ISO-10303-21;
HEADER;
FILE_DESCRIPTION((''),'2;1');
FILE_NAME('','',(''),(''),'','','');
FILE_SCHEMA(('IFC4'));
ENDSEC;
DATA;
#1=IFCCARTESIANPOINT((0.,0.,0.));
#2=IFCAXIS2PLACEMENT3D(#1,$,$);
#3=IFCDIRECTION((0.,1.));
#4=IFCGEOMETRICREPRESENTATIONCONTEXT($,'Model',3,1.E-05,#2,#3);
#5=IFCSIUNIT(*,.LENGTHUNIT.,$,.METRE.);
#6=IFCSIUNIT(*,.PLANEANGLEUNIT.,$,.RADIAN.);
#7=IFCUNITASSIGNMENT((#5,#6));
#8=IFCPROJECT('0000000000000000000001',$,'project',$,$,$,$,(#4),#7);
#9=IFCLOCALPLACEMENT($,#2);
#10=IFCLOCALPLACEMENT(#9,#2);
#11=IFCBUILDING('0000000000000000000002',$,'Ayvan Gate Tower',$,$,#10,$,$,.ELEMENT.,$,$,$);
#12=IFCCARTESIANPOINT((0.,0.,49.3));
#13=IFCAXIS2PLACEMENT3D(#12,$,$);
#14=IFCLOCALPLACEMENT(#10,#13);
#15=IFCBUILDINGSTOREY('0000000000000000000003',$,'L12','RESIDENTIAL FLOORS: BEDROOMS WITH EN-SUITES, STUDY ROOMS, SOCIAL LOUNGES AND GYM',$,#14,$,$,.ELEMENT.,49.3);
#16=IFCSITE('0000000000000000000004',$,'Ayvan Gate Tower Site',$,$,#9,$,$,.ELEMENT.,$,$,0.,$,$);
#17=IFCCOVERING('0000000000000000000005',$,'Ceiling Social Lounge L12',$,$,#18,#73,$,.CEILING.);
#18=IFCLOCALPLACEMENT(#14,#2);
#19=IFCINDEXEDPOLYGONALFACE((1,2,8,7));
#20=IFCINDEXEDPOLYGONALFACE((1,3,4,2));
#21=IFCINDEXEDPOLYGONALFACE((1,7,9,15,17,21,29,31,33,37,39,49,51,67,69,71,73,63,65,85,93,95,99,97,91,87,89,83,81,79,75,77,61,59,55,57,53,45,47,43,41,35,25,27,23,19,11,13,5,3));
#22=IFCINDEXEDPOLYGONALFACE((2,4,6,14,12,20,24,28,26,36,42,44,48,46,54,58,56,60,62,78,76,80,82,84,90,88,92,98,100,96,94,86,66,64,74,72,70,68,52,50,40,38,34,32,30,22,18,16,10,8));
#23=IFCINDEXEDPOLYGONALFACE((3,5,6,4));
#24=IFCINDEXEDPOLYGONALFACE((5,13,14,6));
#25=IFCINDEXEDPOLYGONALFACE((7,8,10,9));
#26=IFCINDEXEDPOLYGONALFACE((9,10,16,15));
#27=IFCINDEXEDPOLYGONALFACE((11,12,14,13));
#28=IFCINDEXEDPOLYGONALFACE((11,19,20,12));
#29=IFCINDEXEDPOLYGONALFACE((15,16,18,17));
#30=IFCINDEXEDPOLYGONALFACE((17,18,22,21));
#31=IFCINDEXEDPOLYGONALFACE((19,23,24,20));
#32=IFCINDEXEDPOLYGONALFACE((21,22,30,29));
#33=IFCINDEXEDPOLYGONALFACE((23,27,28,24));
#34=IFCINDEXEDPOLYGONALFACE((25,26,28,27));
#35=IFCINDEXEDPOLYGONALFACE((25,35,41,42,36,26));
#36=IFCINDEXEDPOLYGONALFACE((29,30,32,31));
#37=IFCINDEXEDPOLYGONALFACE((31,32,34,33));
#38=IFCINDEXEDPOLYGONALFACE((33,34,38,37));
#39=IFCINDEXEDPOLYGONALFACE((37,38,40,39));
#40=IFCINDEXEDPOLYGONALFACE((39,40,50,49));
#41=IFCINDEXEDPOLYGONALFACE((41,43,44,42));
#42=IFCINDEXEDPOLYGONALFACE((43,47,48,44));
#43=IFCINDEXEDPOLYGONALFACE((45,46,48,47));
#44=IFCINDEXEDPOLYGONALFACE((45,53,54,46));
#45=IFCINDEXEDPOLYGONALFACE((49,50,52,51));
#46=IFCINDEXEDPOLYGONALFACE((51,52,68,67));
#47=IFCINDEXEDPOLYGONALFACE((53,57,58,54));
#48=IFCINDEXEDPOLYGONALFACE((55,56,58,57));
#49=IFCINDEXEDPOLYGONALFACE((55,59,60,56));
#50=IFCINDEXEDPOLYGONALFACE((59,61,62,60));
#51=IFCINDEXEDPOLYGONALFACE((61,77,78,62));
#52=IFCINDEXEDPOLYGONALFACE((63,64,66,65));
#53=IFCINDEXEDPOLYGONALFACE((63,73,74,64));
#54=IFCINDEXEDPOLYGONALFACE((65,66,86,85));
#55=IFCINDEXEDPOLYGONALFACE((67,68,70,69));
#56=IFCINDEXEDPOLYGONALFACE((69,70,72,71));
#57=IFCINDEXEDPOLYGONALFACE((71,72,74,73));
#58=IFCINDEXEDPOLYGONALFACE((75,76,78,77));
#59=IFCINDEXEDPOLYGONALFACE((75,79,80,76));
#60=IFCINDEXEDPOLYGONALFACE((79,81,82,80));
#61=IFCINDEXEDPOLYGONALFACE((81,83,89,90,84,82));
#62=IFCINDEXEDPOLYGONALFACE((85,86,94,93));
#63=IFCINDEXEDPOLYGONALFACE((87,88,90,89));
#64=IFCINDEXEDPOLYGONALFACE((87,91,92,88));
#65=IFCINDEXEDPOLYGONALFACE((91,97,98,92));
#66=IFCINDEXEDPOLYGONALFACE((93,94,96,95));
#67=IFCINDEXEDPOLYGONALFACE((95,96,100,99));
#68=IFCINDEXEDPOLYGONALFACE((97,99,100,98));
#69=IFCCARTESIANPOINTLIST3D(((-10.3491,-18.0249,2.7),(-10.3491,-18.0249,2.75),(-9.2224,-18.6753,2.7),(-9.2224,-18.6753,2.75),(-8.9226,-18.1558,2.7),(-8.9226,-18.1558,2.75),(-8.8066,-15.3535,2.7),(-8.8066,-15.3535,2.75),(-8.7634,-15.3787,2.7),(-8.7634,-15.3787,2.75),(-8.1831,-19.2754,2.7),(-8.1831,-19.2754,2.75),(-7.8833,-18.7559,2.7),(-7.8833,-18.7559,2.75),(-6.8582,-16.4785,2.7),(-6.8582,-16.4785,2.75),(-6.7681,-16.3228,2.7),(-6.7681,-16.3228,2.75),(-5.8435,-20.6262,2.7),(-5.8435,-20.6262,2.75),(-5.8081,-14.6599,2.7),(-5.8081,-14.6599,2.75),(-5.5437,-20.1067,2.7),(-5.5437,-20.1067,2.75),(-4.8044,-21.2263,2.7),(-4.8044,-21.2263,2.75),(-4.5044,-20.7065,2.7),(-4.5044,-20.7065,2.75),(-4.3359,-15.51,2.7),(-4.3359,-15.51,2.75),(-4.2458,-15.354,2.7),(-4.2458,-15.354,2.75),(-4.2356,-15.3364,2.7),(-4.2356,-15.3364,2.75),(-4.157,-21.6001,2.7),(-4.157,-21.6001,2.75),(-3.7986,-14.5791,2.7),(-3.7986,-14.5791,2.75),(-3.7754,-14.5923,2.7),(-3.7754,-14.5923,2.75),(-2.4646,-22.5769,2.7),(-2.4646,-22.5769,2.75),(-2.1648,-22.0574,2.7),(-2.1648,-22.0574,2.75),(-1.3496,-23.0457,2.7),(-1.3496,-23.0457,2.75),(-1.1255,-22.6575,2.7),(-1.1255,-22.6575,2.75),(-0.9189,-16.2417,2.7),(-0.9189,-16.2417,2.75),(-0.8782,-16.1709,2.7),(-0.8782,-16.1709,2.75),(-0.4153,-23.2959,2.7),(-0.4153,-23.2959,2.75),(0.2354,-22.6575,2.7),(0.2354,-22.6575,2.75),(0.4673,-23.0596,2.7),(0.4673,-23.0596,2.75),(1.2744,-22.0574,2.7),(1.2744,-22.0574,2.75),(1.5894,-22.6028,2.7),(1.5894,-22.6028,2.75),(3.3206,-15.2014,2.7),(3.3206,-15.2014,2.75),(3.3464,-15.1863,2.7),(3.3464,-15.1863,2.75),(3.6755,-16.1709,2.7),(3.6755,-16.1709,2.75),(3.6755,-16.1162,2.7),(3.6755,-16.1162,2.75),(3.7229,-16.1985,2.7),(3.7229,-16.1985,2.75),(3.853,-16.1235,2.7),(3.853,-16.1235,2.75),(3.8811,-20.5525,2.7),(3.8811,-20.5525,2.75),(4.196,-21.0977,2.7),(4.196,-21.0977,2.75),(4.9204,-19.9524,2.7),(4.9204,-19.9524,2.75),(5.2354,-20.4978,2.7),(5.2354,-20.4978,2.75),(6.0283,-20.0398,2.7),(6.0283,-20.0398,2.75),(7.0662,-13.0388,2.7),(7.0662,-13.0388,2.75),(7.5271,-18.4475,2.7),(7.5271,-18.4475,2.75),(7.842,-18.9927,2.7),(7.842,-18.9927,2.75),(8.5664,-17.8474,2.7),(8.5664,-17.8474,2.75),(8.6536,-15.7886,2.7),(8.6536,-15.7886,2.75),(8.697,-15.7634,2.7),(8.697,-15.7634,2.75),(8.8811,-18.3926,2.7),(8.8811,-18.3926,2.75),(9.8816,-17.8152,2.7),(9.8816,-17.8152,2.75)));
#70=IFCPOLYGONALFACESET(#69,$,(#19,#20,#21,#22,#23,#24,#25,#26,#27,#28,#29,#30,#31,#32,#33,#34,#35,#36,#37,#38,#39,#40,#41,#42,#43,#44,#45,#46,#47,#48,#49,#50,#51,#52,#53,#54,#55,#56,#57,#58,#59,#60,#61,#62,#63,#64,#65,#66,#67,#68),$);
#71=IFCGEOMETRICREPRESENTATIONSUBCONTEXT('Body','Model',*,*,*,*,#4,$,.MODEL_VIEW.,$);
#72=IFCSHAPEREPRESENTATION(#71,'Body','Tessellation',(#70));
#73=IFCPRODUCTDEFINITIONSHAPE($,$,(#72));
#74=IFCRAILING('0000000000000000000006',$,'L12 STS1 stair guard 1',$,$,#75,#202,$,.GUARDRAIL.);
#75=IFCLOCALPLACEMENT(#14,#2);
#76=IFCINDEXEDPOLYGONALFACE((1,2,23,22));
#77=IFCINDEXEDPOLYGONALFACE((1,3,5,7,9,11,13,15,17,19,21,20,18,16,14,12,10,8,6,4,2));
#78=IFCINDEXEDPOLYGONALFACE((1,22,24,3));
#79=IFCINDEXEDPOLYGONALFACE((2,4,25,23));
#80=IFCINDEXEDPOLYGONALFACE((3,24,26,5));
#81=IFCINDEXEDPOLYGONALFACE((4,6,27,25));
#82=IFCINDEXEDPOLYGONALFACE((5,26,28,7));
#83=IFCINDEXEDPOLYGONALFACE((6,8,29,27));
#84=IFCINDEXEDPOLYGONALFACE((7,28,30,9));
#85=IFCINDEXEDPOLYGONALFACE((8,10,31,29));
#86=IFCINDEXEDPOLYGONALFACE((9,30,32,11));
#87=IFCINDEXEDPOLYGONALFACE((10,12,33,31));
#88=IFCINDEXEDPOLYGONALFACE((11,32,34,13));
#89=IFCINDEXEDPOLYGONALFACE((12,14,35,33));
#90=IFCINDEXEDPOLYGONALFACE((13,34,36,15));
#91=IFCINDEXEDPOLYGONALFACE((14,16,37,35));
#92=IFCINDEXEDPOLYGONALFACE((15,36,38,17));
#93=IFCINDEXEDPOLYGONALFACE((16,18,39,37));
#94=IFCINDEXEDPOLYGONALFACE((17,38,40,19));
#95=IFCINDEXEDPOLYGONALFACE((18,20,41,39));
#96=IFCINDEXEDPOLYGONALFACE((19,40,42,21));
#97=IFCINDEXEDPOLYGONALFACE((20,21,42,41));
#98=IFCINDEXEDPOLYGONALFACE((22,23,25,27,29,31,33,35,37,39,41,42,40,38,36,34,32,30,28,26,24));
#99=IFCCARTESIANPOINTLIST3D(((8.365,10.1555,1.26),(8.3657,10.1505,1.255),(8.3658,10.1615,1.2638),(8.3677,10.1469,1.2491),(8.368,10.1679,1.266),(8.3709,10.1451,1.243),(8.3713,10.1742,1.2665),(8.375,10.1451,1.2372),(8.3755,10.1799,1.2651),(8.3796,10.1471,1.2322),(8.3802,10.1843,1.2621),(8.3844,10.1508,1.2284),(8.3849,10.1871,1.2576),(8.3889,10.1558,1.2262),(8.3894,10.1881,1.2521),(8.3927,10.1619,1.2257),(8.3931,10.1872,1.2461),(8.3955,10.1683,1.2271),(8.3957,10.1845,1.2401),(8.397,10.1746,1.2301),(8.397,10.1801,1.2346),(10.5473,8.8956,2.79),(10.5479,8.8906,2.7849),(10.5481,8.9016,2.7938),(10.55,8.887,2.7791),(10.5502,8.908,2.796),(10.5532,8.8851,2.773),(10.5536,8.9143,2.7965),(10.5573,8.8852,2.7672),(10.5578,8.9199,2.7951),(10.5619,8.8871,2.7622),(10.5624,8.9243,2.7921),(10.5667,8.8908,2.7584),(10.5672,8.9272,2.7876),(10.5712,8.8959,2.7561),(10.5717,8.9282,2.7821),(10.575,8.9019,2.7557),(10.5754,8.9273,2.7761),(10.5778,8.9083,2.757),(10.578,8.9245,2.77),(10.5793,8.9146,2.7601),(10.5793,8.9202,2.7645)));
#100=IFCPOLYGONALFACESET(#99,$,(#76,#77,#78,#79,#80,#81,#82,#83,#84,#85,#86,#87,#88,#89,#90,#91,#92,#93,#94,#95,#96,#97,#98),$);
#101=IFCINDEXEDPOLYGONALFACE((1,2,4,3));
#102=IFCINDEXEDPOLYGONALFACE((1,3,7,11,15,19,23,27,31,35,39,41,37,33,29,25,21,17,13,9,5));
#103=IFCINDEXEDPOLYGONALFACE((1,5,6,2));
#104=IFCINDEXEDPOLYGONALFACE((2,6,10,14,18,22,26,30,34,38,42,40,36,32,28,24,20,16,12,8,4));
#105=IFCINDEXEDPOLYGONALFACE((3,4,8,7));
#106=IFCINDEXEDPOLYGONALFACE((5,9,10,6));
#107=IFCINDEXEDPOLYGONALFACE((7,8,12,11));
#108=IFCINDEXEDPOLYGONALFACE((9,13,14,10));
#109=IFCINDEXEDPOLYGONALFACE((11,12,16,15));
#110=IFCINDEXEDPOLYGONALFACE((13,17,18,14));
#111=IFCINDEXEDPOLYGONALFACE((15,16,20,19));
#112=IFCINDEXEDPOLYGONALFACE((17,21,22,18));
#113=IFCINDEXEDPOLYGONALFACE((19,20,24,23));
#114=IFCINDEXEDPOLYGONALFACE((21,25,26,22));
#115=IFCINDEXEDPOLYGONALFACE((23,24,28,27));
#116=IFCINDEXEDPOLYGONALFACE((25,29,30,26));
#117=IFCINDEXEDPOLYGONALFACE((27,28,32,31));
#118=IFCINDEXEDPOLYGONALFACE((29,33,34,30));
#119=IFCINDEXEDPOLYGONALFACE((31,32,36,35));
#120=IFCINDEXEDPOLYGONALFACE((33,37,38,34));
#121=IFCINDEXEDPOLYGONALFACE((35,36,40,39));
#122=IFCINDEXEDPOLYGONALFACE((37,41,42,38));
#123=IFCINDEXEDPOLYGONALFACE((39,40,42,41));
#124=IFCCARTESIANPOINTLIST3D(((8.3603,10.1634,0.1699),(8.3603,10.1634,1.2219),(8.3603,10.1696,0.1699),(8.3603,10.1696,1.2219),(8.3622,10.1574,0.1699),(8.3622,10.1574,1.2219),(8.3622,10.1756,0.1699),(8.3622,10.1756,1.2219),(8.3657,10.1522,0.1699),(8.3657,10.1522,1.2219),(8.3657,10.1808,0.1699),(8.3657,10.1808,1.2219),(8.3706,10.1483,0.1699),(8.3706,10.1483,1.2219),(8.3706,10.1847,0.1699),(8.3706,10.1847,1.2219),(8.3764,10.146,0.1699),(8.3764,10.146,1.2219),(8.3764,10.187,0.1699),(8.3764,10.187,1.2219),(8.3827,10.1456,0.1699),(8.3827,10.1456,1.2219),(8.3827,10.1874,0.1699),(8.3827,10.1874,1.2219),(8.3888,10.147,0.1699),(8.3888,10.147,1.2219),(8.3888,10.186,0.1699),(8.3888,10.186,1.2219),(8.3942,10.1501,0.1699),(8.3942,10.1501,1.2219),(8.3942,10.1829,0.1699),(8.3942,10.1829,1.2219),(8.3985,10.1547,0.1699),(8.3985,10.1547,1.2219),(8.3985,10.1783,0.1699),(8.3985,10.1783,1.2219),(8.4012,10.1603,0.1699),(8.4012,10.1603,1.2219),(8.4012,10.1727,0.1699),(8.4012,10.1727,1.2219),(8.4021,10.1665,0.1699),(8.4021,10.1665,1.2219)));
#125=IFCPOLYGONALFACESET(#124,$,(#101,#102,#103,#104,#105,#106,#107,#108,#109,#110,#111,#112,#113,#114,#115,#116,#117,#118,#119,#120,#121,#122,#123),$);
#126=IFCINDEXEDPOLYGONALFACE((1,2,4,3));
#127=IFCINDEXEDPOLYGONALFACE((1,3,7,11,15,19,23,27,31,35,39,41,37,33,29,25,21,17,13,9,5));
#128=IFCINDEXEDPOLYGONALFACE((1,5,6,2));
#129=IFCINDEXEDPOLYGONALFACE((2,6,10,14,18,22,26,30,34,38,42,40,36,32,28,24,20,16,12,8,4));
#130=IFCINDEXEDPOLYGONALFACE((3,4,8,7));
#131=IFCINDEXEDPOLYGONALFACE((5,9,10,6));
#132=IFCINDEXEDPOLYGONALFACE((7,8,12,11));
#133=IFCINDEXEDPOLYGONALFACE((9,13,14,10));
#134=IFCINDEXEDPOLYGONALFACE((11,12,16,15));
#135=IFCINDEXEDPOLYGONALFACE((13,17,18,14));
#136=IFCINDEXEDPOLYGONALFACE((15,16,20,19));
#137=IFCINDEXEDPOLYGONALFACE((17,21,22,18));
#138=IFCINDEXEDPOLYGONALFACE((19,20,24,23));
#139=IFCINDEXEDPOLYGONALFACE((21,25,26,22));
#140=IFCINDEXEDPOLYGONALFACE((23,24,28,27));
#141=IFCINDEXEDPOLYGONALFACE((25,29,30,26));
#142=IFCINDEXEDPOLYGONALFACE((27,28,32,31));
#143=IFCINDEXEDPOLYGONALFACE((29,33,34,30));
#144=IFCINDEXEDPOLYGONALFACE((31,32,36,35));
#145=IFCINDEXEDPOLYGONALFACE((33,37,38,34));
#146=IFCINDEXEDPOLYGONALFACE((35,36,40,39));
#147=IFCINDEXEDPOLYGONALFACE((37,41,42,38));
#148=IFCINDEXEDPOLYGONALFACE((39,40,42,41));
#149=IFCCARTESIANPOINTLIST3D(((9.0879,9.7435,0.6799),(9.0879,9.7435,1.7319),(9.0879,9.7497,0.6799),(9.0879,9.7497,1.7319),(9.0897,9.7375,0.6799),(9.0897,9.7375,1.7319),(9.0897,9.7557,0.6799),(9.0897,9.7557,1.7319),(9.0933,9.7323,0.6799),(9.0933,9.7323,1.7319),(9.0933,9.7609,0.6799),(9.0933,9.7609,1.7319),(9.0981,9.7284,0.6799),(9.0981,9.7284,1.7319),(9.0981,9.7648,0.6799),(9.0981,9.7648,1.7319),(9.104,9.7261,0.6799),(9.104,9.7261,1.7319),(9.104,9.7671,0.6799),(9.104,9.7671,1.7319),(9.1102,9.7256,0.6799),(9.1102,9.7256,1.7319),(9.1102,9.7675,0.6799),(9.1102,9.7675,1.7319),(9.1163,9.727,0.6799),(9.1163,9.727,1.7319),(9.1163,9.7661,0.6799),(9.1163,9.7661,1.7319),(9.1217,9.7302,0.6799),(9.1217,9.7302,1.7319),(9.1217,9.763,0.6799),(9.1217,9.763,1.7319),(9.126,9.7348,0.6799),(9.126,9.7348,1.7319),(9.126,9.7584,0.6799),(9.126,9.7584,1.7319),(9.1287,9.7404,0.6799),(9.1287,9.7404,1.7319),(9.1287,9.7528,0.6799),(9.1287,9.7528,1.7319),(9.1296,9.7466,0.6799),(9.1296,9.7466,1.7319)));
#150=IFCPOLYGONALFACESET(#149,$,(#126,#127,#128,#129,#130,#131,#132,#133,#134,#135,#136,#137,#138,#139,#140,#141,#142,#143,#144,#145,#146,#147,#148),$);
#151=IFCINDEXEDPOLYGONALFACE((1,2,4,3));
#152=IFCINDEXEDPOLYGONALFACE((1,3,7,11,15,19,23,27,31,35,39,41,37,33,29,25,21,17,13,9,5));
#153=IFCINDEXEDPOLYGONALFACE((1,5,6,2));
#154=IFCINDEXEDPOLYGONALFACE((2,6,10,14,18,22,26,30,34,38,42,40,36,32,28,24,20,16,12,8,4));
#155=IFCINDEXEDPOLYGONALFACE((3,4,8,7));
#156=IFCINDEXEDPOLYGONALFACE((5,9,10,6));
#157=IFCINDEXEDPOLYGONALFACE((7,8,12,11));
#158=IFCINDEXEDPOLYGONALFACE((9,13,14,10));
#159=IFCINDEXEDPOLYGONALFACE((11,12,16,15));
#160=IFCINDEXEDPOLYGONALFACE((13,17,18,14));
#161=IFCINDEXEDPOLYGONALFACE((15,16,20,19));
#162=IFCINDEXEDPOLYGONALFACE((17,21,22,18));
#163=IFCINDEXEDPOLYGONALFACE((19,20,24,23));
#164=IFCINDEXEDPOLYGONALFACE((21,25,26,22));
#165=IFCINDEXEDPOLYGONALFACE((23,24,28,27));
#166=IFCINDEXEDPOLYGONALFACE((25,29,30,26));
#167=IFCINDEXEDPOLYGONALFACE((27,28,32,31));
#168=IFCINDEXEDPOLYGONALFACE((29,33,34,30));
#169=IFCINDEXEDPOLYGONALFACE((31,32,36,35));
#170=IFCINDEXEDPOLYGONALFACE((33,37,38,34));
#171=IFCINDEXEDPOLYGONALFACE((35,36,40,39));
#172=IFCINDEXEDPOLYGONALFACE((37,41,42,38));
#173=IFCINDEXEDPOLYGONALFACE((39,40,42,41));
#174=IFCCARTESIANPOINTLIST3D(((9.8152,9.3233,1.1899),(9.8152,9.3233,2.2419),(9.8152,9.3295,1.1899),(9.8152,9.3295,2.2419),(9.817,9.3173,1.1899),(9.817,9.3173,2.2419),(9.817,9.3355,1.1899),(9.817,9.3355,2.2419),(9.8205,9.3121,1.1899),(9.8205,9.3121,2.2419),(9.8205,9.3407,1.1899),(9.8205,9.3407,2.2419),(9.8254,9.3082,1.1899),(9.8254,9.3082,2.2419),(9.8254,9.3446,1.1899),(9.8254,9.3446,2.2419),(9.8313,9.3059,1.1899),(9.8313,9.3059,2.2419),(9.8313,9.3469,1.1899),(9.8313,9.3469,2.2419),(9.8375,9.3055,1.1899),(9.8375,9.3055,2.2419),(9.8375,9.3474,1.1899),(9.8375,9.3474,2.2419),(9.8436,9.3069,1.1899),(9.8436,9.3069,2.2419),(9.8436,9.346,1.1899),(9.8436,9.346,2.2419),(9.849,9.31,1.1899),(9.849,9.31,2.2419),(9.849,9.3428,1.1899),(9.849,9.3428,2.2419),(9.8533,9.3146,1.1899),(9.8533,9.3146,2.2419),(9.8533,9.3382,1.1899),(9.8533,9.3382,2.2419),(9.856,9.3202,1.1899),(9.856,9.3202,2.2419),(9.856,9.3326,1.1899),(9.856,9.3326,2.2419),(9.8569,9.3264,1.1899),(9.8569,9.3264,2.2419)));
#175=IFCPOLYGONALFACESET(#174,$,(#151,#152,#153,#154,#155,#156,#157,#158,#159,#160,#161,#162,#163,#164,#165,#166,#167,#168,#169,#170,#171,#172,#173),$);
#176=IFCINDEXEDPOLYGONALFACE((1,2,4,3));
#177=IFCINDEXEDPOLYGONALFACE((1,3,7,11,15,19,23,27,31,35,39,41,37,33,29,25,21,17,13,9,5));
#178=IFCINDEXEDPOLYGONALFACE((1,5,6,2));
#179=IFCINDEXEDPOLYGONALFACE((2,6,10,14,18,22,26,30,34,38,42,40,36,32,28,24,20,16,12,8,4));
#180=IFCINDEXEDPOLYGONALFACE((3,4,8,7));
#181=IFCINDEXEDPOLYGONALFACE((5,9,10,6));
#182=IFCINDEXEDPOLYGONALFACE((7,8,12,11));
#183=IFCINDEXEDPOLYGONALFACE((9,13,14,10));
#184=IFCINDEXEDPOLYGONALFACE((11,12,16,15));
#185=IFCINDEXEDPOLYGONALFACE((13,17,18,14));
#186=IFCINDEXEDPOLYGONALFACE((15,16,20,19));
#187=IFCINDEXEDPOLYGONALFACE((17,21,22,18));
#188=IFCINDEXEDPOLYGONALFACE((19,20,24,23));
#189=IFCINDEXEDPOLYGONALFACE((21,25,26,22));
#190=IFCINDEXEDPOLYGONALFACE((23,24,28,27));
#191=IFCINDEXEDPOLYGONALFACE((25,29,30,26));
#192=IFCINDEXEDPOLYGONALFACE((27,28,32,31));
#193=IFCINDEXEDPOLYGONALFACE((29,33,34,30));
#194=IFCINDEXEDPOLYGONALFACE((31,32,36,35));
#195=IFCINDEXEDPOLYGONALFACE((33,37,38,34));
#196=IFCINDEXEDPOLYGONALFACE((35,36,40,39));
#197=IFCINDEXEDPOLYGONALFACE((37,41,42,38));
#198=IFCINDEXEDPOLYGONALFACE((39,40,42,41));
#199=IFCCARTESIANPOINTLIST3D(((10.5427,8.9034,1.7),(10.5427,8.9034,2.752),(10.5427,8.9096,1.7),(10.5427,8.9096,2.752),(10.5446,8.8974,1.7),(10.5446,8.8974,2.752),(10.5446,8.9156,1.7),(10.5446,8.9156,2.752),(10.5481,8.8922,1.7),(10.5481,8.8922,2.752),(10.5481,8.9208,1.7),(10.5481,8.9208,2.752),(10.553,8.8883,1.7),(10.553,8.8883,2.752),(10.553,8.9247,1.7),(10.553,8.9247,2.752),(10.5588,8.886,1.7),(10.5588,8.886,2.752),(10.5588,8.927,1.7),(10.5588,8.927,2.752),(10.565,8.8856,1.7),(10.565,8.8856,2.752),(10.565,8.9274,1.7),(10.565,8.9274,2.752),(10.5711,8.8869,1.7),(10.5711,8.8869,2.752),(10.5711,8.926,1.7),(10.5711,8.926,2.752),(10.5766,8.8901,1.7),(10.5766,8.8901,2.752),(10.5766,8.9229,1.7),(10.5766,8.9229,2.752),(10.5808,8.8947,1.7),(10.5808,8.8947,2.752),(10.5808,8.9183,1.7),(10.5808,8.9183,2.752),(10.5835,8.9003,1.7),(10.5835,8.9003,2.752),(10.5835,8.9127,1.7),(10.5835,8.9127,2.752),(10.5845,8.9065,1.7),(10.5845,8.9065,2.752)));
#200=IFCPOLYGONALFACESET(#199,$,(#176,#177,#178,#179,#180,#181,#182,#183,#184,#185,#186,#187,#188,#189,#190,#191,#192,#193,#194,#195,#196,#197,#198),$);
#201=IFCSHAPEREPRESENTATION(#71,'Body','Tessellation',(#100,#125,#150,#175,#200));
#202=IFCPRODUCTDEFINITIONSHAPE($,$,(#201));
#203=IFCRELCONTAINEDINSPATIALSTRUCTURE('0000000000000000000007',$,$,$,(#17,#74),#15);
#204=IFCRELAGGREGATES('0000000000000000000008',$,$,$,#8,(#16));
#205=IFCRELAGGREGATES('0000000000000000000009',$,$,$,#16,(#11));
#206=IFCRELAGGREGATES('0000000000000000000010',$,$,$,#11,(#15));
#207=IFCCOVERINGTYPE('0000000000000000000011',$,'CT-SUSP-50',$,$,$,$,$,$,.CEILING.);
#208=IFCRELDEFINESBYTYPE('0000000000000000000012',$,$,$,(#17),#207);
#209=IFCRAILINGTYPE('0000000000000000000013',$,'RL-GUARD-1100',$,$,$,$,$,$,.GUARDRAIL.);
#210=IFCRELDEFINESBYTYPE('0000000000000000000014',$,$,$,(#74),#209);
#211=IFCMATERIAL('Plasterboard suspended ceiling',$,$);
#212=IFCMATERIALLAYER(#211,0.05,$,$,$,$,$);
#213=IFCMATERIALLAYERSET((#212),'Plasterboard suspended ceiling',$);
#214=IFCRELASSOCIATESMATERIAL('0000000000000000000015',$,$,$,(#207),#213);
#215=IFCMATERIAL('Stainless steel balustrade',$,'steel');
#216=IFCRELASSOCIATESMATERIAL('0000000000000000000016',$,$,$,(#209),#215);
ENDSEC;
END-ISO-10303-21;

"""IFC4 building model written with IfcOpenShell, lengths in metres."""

from ifc_helpers import new_model, si_unit, direction, frame, origin, origin_2d, place, context, subcontext, project, spatial, polyline, circle, outline, extrude, material, layer, layer_set, type_object, element, save


model = new_model("IFC4")

# Units and contexts
model_context = context("Model", 3, precision=1e-05, world=origin(), true_north=direction((0.0, 1.0)))
body_context = subcontext(model_context, "Body", "Model", "MODEL_VIEW")
ifc_project = project(units=[si_unit("LENGTHUNIT", "METRE"), si_unit("PLANEANGLEUNIT", "RADIAN")], contexts=[model_context])

# Site, building, storey
site_placement = place(None, origin())
site = spatial("IfcSite", under=ifc_project, at=site_placement, Name="Ayvan Gate Tower Site", CompositionType="ELEMENT", RefElevation=0.0)
building_placement = place(site_placement, origin())
building = spatial("IfcBuilding", under=site, at=building_placement, Name="Ayvan Gate Tower", CompositionType="ELEMENT")
storey_placement = place(building_placement, frame((0.0, 0.0, 49.3)))
storey = spatial("IfcBuildingStorey", under=building, at=storey_placement, Name="L12", Description="RESIDENTIAL FLOORS: BEDROOMS WITH EN-SUITES, STUDY ROOMS, SOCIAL LOUNGES AND GYM", CompositionType="ELEMENT", Elevation=49.3)

# Covering
ifc_material_1 = material(Name="Plasterboard suspended ceiling")
ifc_layer_1 = layer(ifc_material_1, 0.05)
ifc_layer_set_1 = layer_set([ifc_layer_1], Name="Plasterboard suspended ceiling")
covering_type = type_object("IfcCoveringType", Name="CT-SUSP-50", PredefinedType="CEILING", material=ifc_layer_set_1)
covering_placement = place(storey_placement, frame((0.0, 0.0, 2.7)))
element("IfcCovering", 1, at=covering_placement, inside=storey, type_object=covering_type, Name="Ceiling Social Lounge L12", PredefinedType="CEILING", context=body_context, shape_type="SweptSolid", body=[
    extrude(outline(polyline([(-6.8582, -16.4785), (-6.7681, -16.3228), (-5.8081, -14.6599), (-4.3359, -15.51), (-4.2458, -15.354), (-4.2356, -15.3364), (-3.7986, -14.5791), (-3.7754, -14.5923), (-0.9189, -16.2417), (-0.8782, -16.1709), (3.6755, -16.1709), (3.6755, -16.1162), (3.7229, -16.1985), (3.853, -16.1235), (3.3206, -15.2014), (3.3464, -15.1863), (7.0662, -13.0388), (8.6536, -15.7886), (8.697, -15.7634), (9.8816, -17.8152), (8.8811, -18.3926), (8.5664, -17.8474), (7.5271, -18.4475), (7.842, -18.9927), (6.0283, -20.0398), (5.2354, -20.4978), (4.9204, -19.9524), (3.8811, -20.5525), (4.196, -21.0977), (1.5894, -22.6028), (1.2744, -22.0574), (0.2354, -22.6575), (0.4673, -23.0596), (-0.4153, -23.2959), (-1.3496, -23.0457), (-1.1255, -22.6575), (-2.1648, -22.0574), (-2.4646, -22.5769), (-4.157, -21.6001), (-4.8044, -21.2263), (-4.5044, -20.7065), (-5.5437, -20.1067), (-5.8435, -20.6262), (-8.1831, -19.2754), (-7.8833, -18.7559), (-8.9226, -18.1558), (-9.2224, -18.6753), (-10.3491, -18.0249), (-8.8066, -15.3535), (-8.7634, -15.3787), (-6.8582, -16.4785)])), origin(), (0.0, 0.0, 1.0), 0.05),
])

# Railing
ifc_material_2 = material(Name="Stainless steel balustrade", Category="steel")
railing_type_1 = type_object("IfcRailingType", Name="RL-GUARD-1100", PredefinedType="GUARDRAIL", material=ifc_material_2)
railing_1_placement = place(storey_placement, frame((8.3811, 10.1665, 0.1699)))
element("IfcRailing", 2, at=railing_1_placement, inside=storey, type_object=railing_type_1, Name="L12 STS1 stair guard 1", PredefinedType="GUARDRAIL", context=body_context, shape_type="SweptSolid", body=[
    extrude(circle(Radius=0.0239, at=origin_2d()), frame((0.0, 0.0, 1.0762), z_axis=(0.740261, -0.427395, 0.518986), x_axis=(0.500005, 0.866023, 0.0)), (0.0, 0.0, 1.0), 2.948),
    extrude(circle(Radius=0.021, at=origin_2d()), origin(), (0.0, 0.0, 1.0), 1.052),
    extrude(circle(Radius=0.021, at=origin_2d()), frame((0.7275, -0.4199, 0.51)), (0.0, 0.0, 1.0), 1.052),
    extrude(circle(Radius=0.021, at=origin_2d()), frame((1.4548, -0.8401, 1.02)), (0.0, 0.0, 1.0), 1.052),
    extrude(circle(Radius=0.021, at=origin_2d()), frame((2.1824, -1.26, 1.53)), (0.0, 0.0, 1.0), 1.052),
])

save(model, "model.ifc")
